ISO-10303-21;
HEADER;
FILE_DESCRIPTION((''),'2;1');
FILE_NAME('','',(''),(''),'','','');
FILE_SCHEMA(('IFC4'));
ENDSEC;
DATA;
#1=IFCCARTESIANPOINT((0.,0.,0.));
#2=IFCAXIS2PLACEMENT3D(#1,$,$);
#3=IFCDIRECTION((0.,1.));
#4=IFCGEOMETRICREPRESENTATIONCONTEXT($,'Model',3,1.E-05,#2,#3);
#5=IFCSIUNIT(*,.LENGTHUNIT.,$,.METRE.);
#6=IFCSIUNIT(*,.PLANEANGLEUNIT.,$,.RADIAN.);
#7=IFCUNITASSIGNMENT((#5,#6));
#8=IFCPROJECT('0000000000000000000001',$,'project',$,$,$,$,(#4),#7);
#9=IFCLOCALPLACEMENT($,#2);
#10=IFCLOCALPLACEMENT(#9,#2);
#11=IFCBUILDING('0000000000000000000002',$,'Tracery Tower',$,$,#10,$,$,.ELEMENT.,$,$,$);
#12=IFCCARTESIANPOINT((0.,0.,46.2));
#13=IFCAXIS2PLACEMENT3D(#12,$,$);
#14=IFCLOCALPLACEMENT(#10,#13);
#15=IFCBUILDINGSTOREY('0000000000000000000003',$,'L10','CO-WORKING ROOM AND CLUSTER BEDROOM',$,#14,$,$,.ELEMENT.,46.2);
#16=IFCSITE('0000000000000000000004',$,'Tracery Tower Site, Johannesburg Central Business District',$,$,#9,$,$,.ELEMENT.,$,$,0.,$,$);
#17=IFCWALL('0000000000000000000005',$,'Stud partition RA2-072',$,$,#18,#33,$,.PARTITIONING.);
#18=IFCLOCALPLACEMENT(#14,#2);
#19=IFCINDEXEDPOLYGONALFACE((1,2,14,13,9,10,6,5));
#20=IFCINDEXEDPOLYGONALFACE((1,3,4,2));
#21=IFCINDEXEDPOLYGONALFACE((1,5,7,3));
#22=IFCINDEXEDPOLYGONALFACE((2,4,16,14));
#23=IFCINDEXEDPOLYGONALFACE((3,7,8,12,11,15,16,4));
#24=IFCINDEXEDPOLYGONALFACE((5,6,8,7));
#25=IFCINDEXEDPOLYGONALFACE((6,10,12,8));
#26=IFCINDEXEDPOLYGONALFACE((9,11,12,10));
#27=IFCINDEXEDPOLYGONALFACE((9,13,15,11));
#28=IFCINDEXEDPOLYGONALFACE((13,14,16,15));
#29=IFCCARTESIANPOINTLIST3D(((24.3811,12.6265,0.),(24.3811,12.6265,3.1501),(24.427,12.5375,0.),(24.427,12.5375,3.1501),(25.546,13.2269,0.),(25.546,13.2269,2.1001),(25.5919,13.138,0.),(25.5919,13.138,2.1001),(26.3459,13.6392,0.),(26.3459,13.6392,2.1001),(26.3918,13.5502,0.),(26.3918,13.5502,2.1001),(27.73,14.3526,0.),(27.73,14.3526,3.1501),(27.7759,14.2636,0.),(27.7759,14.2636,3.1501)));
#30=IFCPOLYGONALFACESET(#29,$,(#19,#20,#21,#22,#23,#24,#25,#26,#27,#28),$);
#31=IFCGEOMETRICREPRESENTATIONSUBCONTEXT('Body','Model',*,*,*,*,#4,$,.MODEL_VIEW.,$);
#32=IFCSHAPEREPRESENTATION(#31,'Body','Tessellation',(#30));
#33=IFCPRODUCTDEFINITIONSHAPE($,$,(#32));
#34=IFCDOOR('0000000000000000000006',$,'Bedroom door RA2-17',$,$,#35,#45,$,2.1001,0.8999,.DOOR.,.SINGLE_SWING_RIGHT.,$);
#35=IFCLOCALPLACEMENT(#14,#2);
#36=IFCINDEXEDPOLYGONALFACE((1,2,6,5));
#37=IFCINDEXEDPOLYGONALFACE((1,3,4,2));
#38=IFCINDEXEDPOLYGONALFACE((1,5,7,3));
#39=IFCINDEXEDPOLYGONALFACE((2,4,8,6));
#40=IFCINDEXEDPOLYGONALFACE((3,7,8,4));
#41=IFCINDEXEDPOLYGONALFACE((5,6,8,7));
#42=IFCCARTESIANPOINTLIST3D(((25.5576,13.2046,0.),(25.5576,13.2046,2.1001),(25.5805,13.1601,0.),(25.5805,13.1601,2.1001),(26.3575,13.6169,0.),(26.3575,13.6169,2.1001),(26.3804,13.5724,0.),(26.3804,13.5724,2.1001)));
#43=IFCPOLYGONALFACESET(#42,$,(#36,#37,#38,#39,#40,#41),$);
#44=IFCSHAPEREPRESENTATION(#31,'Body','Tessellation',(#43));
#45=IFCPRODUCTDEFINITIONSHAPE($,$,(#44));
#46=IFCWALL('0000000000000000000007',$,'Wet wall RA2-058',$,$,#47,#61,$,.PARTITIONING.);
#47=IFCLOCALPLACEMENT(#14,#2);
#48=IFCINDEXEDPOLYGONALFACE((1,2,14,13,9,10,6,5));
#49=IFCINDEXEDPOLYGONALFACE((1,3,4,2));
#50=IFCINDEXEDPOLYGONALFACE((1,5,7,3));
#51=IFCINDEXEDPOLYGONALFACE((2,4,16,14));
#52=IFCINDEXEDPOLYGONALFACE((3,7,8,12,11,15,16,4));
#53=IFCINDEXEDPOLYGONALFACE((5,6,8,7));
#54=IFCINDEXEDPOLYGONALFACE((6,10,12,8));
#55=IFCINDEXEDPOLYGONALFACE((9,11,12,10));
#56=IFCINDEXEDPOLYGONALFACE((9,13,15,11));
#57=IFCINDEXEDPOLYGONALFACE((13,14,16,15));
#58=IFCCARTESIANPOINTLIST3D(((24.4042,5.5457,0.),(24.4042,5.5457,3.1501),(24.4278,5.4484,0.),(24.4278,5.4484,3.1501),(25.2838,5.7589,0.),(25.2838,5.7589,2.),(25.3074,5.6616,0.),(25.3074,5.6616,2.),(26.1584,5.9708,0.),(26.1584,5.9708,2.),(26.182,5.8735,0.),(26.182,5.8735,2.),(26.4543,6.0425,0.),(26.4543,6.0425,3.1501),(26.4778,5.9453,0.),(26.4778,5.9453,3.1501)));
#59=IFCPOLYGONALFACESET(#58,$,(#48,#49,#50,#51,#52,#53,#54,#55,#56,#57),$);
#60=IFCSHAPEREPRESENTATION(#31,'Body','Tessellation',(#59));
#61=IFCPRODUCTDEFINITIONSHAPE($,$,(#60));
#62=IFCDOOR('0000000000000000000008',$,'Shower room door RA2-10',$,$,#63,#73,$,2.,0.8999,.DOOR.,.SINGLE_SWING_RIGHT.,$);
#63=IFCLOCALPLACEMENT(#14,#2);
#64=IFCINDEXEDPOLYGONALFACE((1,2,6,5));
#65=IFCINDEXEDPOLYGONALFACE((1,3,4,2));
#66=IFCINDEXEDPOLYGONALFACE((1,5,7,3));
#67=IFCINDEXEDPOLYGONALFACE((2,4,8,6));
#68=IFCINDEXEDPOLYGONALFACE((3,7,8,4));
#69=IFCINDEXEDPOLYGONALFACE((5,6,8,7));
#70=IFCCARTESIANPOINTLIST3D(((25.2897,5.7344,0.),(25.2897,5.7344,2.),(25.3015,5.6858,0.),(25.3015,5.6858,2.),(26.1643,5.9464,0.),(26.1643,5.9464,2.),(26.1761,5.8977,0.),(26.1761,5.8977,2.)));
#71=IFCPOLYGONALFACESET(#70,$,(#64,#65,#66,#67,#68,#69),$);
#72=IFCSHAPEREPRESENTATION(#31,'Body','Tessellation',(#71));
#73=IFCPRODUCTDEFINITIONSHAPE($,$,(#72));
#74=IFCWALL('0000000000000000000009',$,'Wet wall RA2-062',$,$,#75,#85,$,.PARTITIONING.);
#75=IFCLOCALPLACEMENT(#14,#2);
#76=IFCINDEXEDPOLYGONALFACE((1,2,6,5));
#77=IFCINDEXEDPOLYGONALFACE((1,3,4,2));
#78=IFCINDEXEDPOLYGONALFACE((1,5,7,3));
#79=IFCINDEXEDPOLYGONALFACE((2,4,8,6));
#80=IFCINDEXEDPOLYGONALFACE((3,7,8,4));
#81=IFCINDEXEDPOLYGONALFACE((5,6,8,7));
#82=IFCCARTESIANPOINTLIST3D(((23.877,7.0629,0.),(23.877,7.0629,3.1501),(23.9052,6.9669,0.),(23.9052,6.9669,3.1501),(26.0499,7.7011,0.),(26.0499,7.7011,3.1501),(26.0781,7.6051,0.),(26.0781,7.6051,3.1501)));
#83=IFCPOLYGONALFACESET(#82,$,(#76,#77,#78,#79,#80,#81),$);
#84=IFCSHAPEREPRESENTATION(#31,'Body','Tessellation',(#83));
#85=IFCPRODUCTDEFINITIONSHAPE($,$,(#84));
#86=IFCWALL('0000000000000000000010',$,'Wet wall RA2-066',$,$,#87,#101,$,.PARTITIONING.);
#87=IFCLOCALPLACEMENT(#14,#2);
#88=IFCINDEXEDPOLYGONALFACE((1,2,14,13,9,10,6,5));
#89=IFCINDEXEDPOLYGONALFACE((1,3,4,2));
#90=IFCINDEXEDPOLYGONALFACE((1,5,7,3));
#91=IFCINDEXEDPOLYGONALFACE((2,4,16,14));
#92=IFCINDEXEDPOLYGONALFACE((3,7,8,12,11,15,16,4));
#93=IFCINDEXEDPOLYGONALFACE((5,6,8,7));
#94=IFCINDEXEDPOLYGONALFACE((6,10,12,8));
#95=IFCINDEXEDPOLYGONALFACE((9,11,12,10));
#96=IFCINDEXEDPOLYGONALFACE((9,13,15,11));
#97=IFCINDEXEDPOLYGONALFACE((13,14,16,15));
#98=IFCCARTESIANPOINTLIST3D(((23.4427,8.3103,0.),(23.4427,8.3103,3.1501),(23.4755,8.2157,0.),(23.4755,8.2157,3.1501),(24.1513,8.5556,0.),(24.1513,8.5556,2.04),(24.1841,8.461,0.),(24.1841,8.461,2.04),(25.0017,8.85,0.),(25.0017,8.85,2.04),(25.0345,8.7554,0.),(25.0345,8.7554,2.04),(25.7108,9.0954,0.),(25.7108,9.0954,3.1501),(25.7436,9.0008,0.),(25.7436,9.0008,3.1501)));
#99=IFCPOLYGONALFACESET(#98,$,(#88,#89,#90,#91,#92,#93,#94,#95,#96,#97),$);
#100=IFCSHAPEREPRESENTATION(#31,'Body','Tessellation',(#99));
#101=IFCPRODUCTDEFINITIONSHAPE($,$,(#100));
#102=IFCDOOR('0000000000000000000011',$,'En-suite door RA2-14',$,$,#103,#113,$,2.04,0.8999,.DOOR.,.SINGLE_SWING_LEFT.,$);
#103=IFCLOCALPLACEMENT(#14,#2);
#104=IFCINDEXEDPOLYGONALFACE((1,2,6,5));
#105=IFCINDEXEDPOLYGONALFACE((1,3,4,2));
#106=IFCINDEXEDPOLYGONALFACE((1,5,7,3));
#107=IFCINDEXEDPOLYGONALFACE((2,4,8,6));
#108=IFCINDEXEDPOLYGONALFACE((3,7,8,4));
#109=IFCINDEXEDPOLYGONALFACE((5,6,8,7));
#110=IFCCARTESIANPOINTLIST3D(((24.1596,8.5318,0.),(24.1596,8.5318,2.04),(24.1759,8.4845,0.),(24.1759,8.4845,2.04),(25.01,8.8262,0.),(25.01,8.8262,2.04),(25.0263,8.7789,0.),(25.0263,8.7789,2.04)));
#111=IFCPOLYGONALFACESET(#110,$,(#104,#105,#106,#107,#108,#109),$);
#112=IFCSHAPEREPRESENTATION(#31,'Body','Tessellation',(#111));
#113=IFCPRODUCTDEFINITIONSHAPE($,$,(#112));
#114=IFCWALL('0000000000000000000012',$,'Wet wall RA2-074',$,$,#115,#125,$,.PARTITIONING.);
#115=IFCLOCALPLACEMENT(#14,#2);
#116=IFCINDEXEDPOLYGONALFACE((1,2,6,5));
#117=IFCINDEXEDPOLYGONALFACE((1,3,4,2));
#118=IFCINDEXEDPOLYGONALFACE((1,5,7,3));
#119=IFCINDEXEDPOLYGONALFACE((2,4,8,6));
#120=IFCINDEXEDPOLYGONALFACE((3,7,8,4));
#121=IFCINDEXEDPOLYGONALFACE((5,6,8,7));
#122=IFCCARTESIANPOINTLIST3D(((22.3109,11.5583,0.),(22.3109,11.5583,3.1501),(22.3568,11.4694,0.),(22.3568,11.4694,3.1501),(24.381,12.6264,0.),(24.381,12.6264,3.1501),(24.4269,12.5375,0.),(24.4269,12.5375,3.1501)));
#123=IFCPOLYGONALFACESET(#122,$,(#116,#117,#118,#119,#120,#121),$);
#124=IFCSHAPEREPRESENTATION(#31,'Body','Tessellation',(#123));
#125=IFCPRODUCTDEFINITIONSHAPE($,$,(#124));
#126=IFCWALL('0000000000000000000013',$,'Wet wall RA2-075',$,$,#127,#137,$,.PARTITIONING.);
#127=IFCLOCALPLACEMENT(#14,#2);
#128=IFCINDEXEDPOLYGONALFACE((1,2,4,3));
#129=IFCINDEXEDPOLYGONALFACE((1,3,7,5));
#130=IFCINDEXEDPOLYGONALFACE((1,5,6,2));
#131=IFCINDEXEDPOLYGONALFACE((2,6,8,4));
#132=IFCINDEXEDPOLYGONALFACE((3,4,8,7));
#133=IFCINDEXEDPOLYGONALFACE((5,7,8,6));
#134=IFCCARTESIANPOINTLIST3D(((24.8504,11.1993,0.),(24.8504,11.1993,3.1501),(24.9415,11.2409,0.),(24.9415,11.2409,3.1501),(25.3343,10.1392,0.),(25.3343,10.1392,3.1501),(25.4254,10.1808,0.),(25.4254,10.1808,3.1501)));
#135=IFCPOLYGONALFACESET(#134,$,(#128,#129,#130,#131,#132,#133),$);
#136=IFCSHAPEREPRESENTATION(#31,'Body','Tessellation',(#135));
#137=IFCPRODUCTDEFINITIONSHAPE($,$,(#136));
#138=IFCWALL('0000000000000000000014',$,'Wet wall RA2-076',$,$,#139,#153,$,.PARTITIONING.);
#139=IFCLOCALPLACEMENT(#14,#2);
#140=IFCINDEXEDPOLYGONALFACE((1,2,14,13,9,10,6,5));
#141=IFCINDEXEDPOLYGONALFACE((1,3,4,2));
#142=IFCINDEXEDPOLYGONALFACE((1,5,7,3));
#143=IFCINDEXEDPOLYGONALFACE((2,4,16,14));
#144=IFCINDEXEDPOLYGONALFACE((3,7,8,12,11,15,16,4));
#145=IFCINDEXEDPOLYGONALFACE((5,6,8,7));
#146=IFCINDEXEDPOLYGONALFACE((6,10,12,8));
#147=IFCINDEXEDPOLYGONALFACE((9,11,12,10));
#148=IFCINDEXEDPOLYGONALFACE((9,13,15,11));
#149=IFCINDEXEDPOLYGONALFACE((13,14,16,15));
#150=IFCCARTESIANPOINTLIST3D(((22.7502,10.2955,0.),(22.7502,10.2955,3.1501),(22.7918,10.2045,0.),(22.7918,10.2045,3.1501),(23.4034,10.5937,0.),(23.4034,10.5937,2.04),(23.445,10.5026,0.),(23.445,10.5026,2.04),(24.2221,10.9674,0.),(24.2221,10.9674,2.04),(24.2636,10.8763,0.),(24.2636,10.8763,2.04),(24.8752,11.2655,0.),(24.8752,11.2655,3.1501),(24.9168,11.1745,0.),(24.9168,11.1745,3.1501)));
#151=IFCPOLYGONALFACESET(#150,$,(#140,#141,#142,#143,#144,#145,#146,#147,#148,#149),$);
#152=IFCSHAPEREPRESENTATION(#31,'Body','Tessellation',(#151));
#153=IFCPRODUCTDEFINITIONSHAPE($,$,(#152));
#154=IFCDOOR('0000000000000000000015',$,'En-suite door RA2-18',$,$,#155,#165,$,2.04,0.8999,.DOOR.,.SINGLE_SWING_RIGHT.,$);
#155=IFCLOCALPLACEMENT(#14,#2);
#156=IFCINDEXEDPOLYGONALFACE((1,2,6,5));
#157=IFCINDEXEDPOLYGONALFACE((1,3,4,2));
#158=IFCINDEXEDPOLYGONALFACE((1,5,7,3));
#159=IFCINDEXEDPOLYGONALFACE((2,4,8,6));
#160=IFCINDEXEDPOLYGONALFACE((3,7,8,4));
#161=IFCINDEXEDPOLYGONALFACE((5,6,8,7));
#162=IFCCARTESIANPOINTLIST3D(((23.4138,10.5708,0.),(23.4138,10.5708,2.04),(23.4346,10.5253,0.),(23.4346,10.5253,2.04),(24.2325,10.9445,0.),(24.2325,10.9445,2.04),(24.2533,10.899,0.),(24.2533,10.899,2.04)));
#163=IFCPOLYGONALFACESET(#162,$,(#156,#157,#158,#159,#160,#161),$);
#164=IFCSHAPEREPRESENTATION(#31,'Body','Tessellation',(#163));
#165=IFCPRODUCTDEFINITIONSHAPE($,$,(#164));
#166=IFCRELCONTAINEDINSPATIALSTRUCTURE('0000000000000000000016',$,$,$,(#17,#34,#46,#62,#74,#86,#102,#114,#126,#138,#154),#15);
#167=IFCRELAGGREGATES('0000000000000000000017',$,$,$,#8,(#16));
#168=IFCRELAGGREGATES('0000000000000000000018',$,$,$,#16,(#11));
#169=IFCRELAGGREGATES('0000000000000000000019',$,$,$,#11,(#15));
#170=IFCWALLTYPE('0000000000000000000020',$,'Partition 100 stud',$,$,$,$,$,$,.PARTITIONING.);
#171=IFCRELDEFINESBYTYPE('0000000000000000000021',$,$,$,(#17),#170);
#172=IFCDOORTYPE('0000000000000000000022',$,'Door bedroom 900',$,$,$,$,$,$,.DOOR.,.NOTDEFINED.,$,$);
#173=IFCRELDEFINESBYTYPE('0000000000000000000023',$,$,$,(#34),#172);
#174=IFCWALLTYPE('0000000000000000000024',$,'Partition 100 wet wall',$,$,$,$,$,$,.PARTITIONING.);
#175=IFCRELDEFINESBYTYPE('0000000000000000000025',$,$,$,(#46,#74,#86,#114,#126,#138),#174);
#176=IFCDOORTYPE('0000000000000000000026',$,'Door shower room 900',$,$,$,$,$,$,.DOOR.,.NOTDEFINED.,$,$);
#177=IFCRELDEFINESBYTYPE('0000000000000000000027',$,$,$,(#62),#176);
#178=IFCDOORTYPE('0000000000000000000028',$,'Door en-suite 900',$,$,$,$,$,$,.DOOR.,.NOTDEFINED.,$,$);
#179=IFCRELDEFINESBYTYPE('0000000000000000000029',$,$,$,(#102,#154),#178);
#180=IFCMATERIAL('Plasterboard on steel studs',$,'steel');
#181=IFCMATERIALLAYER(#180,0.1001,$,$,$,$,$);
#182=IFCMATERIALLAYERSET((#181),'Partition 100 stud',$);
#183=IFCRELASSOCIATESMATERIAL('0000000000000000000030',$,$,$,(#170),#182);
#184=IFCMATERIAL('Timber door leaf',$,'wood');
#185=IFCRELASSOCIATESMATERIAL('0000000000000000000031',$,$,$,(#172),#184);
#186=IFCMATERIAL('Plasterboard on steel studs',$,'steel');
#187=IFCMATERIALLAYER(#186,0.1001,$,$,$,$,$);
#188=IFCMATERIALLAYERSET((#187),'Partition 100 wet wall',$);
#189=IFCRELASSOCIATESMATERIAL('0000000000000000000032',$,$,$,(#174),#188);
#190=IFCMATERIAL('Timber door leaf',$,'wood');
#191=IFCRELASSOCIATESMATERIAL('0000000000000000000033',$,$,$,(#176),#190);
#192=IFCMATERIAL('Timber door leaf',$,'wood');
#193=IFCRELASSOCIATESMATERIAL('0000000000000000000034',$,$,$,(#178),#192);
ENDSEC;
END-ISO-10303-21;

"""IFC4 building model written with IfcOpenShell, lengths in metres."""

from ifc_helpers import new_model, si_unit, direction, frame, frame_2d, origin, place, context, subcontext, project, spatial, rectangle, extrude, material, layer, layer_set, type_object, element, fill, save


model = new_model("IFC4")

# Units and contexts
model_context = context("Model", 3, precision=1e-05, world=origin(), true_north=direction((0.0, 1.0)))
body_context = subcontext(model_context, "Body", "Model", "MODEL_VIEW")
ifc_project = project(units=[si_unit("LENGTHUNIT", "METRE"), si_unit("PLANEANGLEUNIT", "RADIAN")], contexts=[model_context])

# Site, building, storey
site_placement = place(None, origin())
site = spatial("IfcSite", under=ifc_project, at=site_placement, Name="Tracery Tower Site, Johannesburg Central Business District", CompositionType="ELEMENT", RefElevation=0.0)
building_placement = place(site_placement, origin())
building = spatial("IfcBuilding", under=site, at=building_placement, Name="Tracery Tower", CompositionType="ELEMENT")
storey_placement = place(building_placement, frame((0.0, 0.0, 46.2)))
storey = spatial("IfcBuildingStorey", under=building, at=storey_placement, Name="L10", Description="CO-WORKING ROOM AND CLUSTER BEDROOM", CompositionType="ELEMENT", Elevation=46.2)

# Walls, openings, doors
ifc_material_1 = material(Name="Plasterboard on steel studs", Category="steel")
ifc_layer_1 = layer(ifc_material_1, 0.1001)
ifc_layer_set_1 = layer_set([ifc_layer_1], Name="Partition 100 stud")
wall_type_1 = type_object("IfcWallType", Name="Partition 100 stud", PredefinedType="PARTITIONING", material=ifc_layer_set_1)
wall_1_placement = place(storey_placement, frame((24.4041, 12.582, 0.0), z_axis=(0.0, 0.0, 1.0), x_axis=(0.888878, 0.458144, 0.0)))
wall_1 = element("IfcWall", 1, at=wall_1_placement, inside=storey, type_object=wall_type_1, Name="Stud partition RA2-072", PredefinedType="PARTITIONING", context=body_context, shape_type="SweptSolid", body=[
    extrude(rectangle(XDim=3.7676, YDim=0.1001, at=frame_2d((1.8838, 0.0))), origin(), (0.0, 0.0, 1.0), 3.1501),
])
opening_1_placement = place(wall_1_placement, frame((1.3105, 0.0, 0.0)))
opening_1 = element("IfcOpeningElement", 2, at=opening_1_placement, cuts=wall_1, PredefinedType="OPENING", context=body_context, shape_type="SweptSolid", body=[
    extrude(rectangle(XDim=0.8999, YDim=2.1001, at=frame_2d((0.45, 1.05))), frame((0.0, 0.05, 0.0), z_axis=(0.0, -1.0, 0.0), x_axis=(1.0, 0.0, 0.0)), (0.0, 0.0, 1.0), 0.1001),
])
ifc_material_2 = material(Name="Timber door leaf", Category="wood")
door_type_1 = type_object("IfcDoorType", Name="Door bedroom 900", OperationType="NOTDEFINED", PredefinedType="DOOR", material=ifc_material_2)
door_1_placement = place(opening_1_placement, origin())
door_1 = element("IfcDoor", 3, at=door_1_placement, inside=storey, type_object=door_type_1, Name="Bedroom door RA2-17", OperationType="SINGLE_SWING_RIGHT", OverallHeight=2.1001, OverallWidth=0.8999, PredefinedType="DOOR", context=body_context, shape_type="SweptSolid", body=[
    extrude(rectangle(XDim=0.8999, YDim=2.1001, at=frame_2d((0.45, 1.05))), frame((0.0, 0.0249, 0.0), z_axis=(0.0, -1.0, 0.0), x_axis=(1.0, 0.0, 0.0)), (0.0, 0.0, 1.0), 0.05),
])
fill(opening_1, door_1)
ifc_material_3 = material(Name="Plasterboard on steel studs", Category="steel")
ifc_layer_2 = layer(ifc_material_3, 0.1001)
ifc_layer_set_2 = layer_set([ifc_layer_2], Name="Partition 100 wet wall")
wall_type_2 = type_object("IfcWallType", Name="Partition 100 wet wall", PredefinedType="PARTITIONING", material=ifc_layer_set_2)
wall_2_placement = place(storey_placement, frame((24.416, 5.4971, 0.0), z_axis=(0.0, 0.0, 1.0), x_axis=(0.971867, 0.23553, 0.0)))
wall_2 = element("IfcWall", 4, at=wall_2_placement, inside=storey, type_object=wall_type_2, Name="Wet wall RA2-058", PredefinedType="PARTITIONING", context=body_context, shape_type="SweptSolid", body=[
    extrude(rectangle(XDim=2.1094, YDim=0.1001, at=frame_2d((1.0547, 0.0))), origin(), (0.0, 0.0, 1.0), 3.1501),
])
opening_2_placement = place(wall_2_placement, frame((0.905, 0.0, 0.0)))
opening_2 = element("IfcOpeningElement", 5, at=opening_2_placement, cuts=wall_2, PredefinedType="OPENING", context=body_context, shape_type="SweptSolid", body=[
    extrude(rectangle(XDim=0.8999, YDim=2.0, at=frame_2d((0.45, 1.0))), frame((0.0, 0.05, 0.0), z_axis=(0.0, -1.0, 0.0), x_axis=(1.0, 0.0, 0.0)), (0.0, 0.0, 1.0), 0.1001),
])
ifc_material_4 = material(Name="Timber door leaf", Category="wood")
door_type_2 = type_object("IfcDoorType", Name="Door shower room 900", OperationType="NOTDEFINED", PredefinedType="DOOR", material=ifc_material_4)
door_2_placement = place(opening_2_placement, origin())
door_2 = element("IfcDoor", 6, at=door_2_placement, inside=storey, type_object=door_type_2, Name="Shower room door RA2-10", OperationType="SINGLE_SWING_RIGHT", OverallHeight=2.0, OverallWidth=0.8999, PredefinedType="DOOR", context=body_context, shape_type="SweptSolid", body=[
    extrude(rectangle(XDim=0.8999, YDim=2.0, at=frame_2d((0.45, 1.0))), frame((0.0, 0.0249, 0.0), z_axis=(0.0, -1.0, 0.0), x_axis=(1.0, 0.0, 0.0)), (0.0, 0.0, 1.0), 0.05),
])
fill(opening_2, door_2)

# Wall
wall_3_placement = place(storey_placement, frame((23.8911, 7.0149, 0.0), z_axis=(0.0, 0.0, 1.0), x_axis=(0.959472, 0.281804, 0.0)))
element("IfcWall", 7, at=wall_3_placement, inside=storey, type_object=wall_type_2, Name="Wet wall RA2-062", PredefinedType="PARTITIONING", context=body_context, shape_type="SweptSolid", body=[
    extrude(rectangle(XDim=2.2646, YDim=0.1001, at=frame_2d((1.1323, 0.0))), origin(), (0.0, 0.0, 1.0), 3.1501),
])

# Wall, opening, door
wall_4_placement = place(storey_placement, frame((23.459, 8.2629, 0.0), z_axis=(0.0, 0.0, 1.0), x_axis=(0.944979, 0.327132, 0.0)))
wall_4 = element("IfcWall", 8, at=wall_4_placement, inside=storey, type_object=wall_type_2, Name="Wet wall RA2-066", PredefinedType="PARTITIONING", context=body_context, shape_type="SweptSolid", body=[
    extrude(rectangle(XDim=2.4001, YDim=0.1001, at=frame_2d((1.2002, 0.0))), origin(), (0.0, 0.0, 1.0), 3.1501),
])
opening_3_placement = place(wall_4_placement, frame((0.75, 0.0, 0.0)))
opening_3 = element("IfcOpeningElement", 9, at=opening_3_placement, cuts=wall_4, PredefinedType="OPENING", context=body_context, shape_type="SweptSolid", body=[
    extrude(rectangle(XDim=0.8999, YDim=2.04, at=frame_2d((0.45, 1.02))), frame((0.0, 0.05, 0.0), z_axis=(0.0, -1.0, 0.0), x_axis=(1.0, 0.0, 0.0)), (0.0, 0.0, 1.0), 0.1001),
])
ifc_material_5 = material(Name="Timber door leaf", Category="wood")
door_type_3 = type_object("IfcDoorType", Name="Door en-suite 900", OperationType="NOTDEFINED", PredefinedType="DOOR", material=ifc_material_5)
door_3_placement = place(opening_3_placement, origin())
door_3 = element("IfcDoor", 10, at=door_3_placement, inside=storey, type_object=door_type_3, Name="En-suite door RA2-14", OperationType="SINGLE_SWING_LEFT", OverallHeight=2.04, OverallWidth=0.8999, PredefinedType="DOOR", context=body_context, shape_type="SweptSolid", body=[
    extrude(rectangle(XDim=0.8999, YDim=2.04, at=frame_2d((0.45, 1.02))), frame((0.0, 0.0249, 0.0), z_axis=(0.0, -1.0, 0.0), x_axis=(1.0, 0.0, 0.0)), (0.0, 0.0, 1.0), 0.05),
])
fill(opening_3, door_3)

# Walls
wall_5_placement = place(storey_placement, frame((22.334, 11.5139, 0.0), z_axis=(0.0, 0.0, 1.0), x_axis=(0.888674, 0.458539, 0.0)))
element("IfcWall", 11, at=wall_5_placement, inside=storey, type_object=wall_type_2, Name="Wet wall RA2-074", PredefinedType="PARTITIONING", context=body_context, shape_type="SweptSolid", body=[
    extrude(rectangle(XDim=2.3293, YDim=0.1001, at=frame_2d((1.1646, 0.0))), origin(), (0.0, 0.0, 1.0), 3.1501),
])
wall_6_placement = place(storey_placement, frame((24.896, 11.22, 0.0), z_axis=(0.0, 0.0, 1.0), x_axis=(0.415255, -0.909705, 0.0)))
element("IfcWall", 12, at=wall_6_placement, inside=storey, type_object=wall_type_2, Name="Wet wall RA2-075", PredefinedType="PARTITIONING", context=body_context, shape_type="SweptSolid", body=[
    extrude(rectangle(XDim=1.1653, YDim=0.1001, at=frame_2d((0.5825, 0.0))), origin(), (0.0, 0.0, 1.0), 3.1501),
])

# Wall, opening, door
wall_7_placement = place(storey_placement, frame((22.771, 10.25, 0.0), z_axis=(0.0, 0.0, 1.0), x_axis=(0.90971, 0.415243, 0.0)))
wall_7 = element("IfcWall", 13, at=wall_7_placement, inside=storey, type_object=wall_type_2, Name="Wet wall RA2-076", PredefinedType="PARTITIONING", context=body_context, shape_type="SweptSolid", body=[
    extrude(rectangle(XDim=2.3359, YDim=0.1001, at=frame_2d((1.168, 0.0))), origin(), (0.0, 0.0, 1.0), 3.1501),
])
opening_4_placement = place(wall_7_placement, frame((0.718, 0.0, 0.0)))
opening_4 = element("IfcOpeningElement", 14, at=opening_4_placement, cuts=wall_7, PredefinedType="OPENING", context=body_context, shape_type="SweptSolid", body=[
    extrude(rectangle(XDim=0.8999, YDim=2.04, at=frame_2d((0.45, 1.02))), frame((0.0, 0.05, 0.0), z_axis=(0.0, -1.0, 0.0), x_axis=(1.0, 0.0, 0.0)), (0.0, 0.0, 1.0), 0.1001),
])
door_4_placement = place(opening_4_placement, origin())
door_4 = element("IfcDoor", 15, at=door_4_placement, inside=storey, type_object=door_type_3, Name="En-suite door RA2-18", OperationType="SINGLE_SWING_RIGHT", OverallHeight=2.04, OverallWidth=0.8999, PredefinedType="DOOR", context=body_context, shape_type="SweptSolid", body=[
    extrude(rectangle(XDim=0.8999, YDim=2.04, at=frame_2d((0.45, 1.02))), frame((0.0, 0.0249, 0.0), z_axis=(0.0, -1.0, 0.0), x_axis=(1.0, 0.0, 0.0)), (0.0, 0.0, 1.0), 0.05),
])
fill(opening_4, door_4)

save(model, "model.ifc")
